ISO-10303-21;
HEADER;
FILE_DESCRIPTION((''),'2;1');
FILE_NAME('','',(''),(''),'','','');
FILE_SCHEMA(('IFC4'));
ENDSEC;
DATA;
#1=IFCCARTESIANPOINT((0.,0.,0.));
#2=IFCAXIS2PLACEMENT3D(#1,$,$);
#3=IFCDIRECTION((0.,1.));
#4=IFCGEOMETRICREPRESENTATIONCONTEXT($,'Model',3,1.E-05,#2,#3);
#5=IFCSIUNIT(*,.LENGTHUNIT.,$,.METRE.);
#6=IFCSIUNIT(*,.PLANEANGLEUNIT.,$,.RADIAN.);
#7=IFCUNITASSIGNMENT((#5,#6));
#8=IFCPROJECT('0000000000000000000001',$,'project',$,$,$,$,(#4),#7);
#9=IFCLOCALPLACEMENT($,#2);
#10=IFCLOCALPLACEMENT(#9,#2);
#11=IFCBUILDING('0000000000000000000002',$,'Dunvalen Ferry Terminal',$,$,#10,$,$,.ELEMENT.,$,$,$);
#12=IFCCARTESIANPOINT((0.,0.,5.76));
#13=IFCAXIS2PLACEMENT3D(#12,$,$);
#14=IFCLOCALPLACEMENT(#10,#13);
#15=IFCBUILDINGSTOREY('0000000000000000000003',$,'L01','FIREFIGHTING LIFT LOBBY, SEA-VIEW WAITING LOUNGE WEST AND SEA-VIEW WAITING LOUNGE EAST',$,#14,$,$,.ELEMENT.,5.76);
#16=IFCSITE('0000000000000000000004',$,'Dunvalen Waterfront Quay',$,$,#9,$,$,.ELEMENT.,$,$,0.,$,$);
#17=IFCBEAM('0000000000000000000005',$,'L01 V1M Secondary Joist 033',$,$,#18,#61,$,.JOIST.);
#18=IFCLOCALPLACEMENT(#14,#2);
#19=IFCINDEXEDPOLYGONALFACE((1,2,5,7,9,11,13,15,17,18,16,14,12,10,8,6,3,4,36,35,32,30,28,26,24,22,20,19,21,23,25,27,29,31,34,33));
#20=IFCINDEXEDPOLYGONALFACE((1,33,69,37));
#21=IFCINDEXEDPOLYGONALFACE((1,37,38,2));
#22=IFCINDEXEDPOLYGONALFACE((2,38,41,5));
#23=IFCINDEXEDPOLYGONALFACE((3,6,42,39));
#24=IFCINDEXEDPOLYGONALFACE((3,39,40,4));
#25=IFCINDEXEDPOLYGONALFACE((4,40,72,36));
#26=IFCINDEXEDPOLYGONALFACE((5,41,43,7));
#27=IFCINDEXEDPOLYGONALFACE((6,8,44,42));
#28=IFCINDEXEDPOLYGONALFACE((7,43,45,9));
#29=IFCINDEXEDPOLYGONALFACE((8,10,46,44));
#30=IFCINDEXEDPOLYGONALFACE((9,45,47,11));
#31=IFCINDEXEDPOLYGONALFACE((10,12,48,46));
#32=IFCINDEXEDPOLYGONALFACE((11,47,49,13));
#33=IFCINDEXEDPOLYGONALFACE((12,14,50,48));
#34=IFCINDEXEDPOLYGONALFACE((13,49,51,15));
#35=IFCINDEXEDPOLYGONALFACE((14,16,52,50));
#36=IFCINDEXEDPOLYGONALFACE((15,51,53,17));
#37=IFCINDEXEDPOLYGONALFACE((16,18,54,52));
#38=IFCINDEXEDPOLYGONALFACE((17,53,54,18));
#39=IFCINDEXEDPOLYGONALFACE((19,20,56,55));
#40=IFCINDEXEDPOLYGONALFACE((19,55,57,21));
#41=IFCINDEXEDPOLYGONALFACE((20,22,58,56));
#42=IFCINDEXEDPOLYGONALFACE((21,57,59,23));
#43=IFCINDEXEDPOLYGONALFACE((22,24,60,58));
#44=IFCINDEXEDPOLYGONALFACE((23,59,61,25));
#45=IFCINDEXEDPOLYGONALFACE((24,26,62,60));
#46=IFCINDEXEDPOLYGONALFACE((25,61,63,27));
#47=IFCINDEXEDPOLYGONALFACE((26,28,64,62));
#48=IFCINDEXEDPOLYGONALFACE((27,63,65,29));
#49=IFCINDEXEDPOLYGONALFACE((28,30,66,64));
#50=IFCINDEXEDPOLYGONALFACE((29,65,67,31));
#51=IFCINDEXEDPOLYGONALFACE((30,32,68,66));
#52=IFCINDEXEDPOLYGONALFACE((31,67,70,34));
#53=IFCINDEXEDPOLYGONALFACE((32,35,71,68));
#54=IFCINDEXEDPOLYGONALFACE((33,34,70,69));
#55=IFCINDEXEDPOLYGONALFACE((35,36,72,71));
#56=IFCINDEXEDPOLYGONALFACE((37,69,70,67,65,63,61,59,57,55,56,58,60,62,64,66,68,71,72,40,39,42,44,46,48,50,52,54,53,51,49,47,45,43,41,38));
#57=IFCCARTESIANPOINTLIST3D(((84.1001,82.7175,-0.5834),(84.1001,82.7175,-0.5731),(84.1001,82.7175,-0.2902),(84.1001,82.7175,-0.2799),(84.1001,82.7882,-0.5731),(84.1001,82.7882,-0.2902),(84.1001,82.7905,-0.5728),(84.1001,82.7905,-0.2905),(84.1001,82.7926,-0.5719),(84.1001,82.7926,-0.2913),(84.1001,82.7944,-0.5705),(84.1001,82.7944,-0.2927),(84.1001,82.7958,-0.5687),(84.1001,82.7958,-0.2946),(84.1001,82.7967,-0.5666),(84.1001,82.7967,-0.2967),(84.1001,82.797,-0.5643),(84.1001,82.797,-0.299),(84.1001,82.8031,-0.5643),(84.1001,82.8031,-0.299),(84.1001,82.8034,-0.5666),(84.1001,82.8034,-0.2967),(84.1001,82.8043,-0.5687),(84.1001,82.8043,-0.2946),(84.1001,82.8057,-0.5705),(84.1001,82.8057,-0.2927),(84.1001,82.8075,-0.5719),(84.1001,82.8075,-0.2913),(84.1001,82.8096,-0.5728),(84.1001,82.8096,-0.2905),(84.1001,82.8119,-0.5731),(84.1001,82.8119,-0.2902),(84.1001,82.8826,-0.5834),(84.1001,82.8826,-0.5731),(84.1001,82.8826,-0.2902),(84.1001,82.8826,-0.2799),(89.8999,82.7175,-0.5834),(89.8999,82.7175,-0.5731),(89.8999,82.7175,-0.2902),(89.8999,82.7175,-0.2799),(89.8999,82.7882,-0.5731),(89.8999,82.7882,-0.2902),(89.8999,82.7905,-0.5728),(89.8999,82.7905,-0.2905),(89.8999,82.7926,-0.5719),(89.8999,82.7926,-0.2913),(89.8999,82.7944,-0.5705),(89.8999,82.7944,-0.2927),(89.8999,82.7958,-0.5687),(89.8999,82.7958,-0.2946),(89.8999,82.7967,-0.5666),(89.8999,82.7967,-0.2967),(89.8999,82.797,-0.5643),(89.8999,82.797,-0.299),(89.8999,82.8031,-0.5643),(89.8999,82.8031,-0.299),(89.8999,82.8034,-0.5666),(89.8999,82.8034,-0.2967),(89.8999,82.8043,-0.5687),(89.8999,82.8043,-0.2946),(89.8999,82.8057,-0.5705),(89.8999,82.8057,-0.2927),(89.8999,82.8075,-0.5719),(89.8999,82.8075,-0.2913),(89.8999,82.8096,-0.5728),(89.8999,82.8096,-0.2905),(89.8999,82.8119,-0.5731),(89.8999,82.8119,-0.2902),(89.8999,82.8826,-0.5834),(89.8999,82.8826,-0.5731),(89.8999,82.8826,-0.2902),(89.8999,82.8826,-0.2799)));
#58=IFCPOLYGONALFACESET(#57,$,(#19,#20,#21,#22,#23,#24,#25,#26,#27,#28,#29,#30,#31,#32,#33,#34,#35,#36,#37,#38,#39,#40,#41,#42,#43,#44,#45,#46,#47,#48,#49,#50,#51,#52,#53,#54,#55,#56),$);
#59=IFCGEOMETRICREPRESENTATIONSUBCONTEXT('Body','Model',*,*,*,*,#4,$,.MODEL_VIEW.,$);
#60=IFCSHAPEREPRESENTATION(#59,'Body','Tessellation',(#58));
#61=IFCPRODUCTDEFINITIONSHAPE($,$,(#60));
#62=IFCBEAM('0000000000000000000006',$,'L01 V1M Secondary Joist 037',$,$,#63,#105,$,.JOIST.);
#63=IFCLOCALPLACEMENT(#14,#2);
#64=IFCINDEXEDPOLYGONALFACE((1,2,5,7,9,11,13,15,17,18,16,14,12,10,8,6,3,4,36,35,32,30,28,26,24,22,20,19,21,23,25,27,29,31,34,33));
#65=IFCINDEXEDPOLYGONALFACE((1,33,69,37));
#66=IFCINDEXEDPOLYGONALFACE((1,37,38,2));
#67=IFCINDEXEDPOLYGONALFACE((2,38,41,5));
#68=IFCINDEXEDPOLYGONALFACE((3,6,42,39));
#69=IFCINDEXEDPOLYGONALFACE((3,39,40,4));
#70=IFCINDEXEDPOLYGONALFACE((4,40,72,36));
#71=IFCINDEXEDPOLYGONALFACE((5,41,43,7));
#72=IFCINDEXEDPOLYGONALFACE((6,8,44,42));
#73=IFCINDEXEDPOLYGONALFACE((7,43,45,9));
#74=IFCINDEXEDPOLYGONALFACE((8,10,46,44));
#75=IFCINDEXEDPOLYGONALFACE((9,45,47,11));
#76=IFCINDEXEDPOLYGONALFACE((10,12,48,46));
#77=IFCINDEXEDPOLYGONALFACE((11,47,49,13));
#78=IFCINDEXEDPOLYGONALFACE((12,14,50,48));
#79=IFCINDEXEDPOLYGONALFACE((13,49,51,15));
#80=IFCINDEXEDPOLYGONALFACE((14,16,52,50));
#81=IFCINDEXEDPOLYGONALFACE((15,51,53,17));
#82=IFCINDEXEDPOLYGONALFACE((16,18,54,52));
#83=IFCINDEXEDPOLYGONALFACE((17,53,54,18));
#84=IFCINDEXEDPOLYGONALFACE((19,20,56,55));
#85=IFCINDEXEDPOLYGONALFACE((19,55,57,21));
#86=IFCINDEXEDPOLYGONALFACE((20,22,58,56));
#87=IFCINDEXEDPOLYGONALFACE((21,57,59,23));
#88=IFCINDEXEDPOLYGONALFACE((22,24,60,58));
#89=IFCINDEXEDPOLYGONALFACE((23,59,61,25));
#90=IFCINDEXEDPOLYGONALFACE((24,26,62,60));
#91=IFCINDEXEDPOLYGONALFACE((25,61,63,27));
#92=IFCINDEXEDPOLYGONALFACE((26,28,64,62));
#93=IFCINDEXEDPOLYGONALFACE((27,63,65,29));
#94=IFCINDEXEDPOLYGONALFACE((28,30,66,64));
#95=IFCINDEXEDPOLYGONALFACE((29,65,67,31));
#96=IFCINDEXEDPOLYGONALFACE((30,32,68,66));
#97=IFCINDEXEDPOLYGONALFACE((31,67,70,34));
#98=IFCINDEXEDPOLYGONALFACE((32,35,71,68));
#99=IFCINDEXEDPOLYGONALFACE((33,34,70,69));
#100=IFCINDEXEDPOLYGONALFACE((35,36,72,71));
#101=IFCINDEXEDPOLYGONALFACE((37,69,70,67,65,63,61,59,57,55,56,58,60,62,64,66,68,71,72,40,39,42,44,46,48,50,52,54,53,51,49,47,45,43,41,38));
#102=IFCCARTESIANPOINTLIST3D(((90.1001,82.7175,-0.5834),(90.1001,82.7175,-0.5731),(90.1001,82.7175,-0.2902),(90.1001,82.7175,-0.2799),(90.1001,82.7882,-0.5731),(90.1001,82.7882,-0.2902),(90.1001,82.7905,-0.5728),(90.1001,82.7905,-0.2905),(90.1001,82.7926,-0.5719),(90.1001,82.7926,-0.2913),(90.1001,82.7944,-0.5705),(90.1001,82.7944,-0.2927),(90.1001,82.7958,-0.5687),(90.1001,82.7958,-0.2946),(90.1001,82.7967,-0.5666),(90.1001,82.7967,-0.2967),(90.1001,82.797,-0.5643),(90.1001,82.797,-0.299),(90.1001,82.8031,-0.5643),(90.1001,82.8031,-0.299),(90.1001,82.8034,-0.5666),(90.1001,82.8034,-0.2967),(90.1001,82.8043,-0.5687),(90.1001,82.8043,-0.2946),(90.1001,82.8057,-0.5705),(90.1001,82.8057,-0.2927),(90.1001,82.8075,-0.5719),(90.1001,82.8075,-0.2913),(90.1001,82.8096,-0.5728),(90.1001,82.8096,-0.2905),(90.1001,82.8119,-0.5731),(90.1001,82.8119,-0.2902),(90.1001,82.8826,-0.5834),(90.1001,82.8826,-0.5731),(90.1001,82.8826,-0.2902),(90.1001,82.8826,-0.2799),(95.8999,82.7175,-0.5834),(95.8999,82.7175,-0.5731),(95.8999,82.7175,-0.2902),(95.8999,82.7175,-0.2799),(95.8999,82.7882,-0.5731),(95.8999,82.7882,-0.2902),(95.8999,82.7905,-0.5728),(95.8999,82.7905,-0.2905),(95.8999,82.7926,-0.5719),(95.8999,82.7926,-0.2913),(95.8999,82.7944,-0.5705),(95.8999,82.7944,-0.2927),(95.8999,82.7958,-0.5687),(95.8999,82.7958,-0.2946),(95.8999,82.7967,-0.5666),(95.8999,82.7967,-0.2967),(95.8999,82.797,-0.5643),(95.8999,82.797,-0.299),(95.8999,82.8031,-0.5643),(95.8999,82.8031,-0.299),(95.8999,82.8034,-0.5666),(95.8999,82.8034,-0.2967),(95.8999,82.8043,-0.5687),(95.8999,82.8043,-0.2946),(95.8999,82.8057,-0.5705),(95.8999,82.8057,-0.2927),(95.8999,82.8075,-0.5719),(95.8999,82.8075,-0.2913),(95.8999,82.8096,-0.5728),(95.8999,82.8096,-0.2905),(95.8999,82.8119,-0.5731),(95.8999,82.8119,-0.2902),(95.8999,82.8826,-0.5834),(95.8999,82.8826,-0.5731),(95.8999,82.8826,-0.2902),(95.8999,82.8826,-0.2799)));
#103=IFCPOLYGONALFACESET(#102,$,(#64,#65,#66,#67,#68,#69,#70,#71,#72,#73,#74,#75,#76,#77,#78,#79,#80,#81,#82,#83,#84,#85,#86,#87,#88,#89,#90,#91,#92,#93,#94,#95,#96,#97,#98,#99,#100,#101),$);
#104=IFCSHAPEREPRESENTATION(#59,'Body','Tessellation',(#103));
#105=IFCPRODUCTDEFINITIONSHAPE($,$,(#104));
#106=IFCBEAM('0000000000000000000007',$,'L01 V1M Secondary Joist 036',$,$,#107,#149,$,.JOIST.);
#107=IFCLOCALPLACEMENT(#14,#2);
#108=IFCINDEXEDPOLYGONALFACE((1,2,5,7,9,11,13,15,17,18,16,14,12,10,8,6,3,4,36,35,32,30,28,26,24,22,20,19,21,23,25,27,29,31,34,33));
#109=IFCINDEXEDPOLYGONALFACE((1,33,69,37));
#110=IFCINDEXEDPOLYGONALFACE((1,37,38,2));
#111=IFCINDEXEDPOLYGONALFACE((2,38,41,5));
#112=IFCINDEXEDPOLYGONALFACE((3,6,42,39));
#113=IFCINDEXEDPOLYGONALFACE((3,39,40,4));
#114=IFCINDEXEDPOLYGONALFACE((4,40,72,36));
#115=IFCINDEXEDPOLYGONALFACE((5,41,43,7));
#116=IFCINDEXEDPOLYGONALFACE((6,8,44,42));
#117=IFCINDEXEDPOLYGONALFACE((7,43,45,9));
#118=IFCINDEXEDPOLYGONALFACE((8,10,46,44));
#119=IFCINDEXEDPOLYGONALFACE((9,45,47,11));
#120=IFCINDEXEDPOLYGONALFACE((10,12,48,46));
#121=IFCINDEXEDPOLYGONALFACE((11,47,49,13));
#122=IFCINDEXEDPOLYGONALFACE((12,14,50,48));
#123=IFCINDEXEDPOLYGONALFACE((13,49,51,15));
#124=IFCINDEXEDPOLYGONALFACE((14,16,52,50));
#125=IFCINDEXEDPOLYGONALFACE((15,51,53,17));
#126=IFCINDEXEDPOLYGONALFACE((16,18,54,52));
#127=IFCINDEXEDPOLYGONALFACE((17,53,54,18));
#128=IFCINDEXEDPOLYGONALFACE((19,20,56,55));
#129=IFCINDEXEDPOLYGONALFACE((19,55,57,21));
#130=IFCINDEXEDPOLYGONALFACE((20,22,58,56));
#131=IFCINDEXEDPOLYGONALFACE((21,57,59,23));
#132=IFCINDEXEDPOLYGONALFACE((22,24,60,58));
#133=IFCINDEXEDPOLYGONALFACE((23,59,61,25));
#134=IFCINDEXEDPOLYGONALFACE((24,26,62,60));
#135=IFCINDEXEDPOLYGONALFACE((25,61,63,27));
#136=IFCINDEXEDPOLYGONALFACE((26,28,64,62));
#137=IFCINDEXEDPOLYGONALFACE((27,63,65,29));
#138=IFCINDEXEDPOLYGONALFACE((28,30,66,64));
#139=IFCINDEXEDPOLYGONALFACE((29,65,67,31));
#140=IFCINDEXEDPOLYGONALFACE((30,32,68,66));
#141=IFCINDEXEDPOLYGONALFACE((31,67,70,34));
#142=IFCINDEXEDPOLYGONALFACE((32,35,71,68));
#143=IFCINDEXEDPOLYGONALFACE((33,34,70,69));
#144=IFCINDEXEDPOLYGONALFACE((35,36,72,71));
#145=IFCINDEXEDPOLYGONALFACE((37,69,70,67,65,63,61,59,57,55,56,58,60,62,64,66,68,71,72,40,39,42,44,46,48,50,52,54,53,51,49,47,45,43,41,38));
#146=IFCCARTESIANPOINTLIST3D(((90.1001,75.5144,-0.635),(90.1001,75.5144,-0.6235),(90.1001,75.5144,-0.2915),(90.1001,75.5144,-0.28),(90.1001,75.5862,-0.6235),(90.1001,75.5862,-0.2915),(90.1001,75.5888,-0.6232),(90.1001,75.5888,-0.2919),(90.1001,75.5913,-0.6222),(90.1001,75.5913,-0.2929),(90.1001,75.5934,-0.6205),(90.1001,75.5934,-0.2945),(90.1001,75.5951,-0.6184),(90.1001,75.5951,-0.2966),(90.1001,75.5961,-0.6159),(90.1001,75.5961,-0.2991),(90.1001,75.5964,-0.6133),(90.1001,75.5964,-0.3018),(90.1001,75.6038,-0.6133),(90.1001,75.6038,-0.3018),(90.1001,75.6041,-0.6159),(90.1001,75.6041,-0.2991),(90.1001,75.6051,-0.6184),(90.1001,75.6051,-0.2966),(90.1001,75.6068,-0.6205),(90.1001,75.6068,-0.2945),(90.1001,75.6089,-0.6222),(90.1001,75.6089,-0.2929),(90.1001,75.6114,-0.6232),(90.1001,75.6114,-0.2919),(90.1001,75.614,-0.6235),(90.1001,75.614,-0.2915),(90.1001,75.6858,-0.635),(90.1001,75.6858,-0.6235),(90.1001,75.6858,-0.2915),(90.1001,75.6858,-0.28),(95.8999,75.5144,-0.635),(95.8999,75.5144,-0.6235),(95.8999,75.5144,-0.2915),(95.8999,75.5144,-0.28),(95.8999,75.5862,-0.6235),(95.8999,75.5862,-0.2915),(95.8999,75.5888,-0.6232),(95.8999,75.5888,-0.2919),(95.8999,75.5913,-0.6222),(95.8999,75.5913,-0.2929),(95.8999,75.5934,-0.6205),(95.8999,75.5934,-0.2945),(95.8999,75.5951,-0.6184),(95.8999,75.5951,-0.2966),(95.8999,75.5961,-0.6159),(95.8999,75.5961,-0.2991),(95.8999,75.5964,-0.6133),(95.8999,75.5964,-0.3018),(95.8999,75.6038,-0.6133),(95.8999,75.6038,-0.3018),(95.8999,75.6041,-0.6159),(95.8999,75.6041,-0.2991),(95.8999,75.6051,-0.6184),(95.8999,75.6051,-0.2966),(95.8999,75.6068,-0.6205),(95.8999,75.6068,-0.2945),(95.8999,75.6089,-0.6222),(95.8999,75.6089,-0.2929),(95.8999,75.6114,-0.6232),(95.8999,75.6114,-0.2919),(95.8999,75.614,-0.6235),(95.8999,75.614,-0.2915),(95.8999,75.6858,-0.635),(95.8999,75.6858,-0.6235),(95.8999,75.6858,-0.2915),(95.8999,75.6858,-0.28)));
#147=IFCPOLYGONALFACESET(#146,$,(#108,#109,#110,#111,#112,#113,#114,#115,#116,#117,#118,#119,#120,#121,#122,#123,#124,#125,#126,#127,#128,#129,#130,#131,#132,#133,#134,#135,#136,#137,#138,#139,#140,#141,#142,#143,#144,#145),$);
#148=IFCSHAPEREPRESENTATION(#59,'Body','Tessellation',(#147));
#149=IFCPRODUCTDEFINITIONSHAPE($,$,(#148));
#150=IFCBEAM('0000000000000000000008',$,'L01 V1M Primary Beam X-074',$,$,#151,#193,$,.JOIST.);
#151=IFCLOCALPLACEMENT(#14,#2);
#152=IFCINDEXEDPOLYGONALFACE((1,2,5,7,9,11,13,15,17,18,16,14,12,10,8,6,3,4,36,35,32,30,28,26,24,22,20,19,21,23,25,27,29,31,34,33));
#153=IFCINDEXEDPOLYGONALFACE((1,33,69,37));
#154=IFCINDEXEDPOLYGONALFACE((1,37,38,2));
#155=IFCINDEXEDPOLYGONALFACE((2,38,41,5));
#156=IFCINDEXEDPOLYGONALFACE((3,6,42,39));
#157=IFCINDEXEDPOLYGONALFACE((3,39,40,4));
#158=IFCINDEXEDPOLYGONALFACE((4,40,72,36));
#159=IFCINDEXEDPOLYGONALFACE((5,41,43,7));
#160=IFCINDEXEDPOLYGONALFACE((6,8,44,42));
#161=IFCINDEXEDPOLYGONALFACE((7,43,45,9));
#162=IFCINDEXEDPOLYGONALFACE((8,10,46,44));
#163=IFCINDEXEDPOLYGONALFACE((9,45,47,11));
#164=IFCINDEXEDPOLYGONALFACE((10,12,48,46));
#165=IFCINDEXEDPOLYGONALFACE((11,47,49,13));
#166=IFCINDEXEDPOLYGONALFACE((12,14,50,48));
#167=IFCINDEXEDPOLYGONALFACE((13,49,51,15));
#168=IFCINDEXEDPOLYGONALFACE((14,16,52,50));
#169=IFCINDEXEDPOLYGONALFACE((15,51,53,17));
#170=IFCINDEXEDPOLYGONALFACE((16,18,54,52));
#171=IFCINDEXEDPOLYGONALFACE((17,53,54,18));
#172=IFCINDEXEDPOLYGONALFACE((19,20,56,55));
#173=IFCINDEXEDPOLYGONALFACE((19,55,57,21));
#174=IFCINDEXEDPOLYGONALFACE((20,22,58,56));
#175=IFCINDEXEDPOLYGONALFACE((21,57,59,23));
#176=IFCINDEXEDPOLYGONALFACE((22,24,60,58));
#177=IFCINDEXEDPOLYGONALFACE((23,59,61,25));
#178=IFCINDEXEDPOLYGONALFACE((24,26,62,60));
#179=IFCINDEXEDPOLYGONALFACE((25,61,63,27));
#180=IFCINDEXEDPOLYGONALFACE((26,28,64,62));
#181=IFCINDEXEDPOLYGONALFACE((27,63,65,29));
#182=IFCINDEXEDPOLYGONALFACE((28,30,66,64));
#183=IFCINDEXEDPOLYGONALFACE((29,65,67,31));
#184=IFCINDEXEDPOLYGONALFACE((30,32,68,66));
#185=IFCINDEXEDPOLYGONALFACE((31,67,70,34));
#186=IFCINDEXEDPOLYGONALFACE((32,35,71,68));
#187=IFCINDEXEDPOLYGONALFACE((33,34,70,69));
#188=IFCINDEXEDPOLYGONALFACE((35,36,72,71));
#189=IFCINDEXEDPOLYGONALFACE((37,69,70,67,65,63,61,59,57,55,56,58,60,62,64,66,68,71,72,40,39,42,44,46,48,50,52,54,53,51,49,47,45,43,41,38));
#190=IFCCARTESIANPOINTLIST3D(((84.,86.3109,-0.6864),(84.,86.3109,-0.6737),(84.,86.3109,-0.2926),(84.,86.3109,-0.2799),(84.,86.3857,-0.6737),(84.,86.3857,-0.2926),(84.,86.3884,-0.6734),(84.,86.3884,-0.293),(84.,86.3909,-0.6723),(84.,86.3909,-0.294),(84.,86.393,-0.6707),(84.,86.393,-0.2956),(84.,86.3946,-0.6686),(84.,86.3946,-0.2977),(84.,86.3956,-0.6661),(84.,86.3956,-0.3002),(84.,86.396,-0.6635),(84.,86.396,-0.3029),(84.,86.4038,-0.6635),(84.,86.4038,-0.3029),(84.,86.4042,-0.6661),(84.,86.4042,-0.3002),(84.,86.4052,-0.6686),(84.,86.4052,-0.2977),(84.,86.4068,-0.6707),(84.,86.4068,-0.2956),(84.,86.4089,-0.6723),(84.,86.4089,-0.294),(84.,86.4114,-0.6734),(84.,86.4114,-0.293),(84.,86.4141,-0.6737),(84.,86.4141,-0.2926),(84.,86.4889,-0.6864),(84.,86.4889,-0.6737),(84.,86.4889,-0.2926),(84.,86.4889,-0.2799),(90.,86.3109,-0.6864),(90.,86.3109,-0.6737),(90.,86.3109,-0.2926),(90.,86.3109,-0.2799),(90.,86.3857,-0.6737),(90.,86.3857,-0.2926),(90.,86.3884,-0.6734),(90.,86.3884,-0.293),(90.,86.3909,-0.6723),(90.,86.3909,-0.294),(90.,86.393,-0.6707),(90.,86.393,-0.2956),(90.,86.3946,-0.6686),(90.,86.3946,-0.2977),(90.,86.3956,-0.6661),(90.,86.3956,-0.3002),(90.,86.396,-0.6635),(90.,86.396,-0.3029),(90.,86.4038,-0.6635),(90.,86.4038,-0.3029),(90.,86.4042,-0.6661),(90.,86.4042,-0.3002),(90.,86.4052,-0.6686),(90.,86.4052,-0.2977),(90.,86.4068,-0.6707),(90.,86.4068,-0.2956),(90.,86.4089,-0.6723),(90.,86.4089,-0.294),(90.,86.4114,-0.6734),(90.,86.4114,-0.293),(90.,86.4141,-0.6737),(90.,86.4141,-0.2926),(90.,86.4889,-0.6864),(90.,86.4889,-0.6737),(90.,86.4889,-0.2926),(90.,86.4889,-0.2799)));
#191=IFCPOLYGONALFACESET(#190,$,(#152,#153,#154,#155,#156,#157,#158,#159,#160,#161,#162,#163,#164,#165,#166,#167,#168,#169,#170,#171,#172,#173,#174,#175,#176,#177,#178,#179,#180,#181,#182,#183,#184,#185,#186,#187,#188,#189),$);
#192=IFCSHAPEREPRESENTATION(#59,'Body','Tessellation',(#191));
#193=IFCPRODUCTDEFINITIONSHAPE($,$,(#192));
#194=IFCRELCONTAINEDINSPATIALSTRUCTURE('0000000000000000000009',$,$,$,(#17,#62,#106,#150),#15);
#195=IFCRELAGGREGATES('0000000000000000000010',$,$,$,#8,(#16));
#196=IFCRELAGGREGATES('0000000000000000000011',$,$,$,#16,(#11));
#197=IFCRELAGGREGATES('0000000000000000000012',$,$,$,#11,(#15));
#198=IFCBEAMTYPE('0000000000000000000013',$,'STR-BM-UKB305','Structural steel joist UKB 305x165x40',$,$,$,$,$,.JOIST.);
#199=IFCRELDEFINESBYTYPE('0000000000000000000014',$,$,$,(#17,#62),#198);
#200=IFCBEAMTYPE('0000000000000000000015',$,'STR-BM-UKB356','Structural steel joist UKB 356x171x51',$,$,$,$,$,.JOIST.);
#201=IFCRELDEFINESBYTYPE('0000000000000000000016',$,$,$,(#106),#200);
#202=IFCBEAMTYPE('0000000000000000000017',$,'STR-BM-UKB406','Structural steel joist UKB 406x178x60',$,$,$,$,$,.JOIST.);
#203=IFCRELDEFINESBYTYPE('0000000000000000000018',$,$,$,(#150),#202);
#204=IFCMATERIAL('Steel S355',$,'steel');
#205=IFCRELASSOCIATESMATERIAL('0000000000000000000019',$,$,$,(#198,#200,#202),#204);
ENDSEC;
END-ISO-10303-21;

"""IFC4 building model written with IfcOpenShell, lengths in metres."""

from ifc_helpers import new_model, si_unit, direction, frame, origin, origin_2d, place, context, subcontext, project, spatial, i_section, extrude, material, material_profile, profile_set, type_object, element, save


model = new_model("IFC4")

# Units and contexts
model_context = context("Model", 3, precision=1e-05, world=origin(), true_north=direction((0.0, 1.0)))
body_context = subcontext(model_context, "Body", "Model", "MODEL_VIEW")
ifc_project = project(units=[si_unit("LENGTHUNIT", "METRE"), si_unit("PLANEANGLEUNIT", "RADIAN")], contexts=[model_context])

# Site, building, storey
site_placement = place(None, origin())
site = spatial("IfcSite", under=ifc_project, at=site_placement, Name="Dunvalen Waterfront Quay", CompositionType="ELEMENT", RefElevation=0.0)
building_placement = place(site_placement, origin())
building = spatial("IfcBuilding", under=site, at=building_placement, Name="Dunvalen Ferry Terminal", CompositionType="ELEMENT")
storey_placement = place(building_placement, frame((0.0, 0.0, 5.76)))
storey = spatial("IfcBuildingStorey", under=building, at=storey_placement, Name="L01", Description="FIREFIGHTING LIFT LOBBY, SEA-VIEW WAITING LOUNGE WEST AND SEA-VIEW WAITING LOUNGE EAST", CompositionType="ELEMENT", Elevation=5.76)

# Beams
ifc_material_1 = material(Name="Steel S355", Category="steel")
ifc_material_profile_1 = material_profile(ifc_material_1, i_section(OverallWidth=0.165, OverallDepth=0.3035, WebThickness=0.0061, FlangeThickness=0.0103, FilletRadius=0.0088, at=origin_2d()), Name="Steel S355")
ifc_profile_set_1 = profile_set([ifc_material_profile_1], Name="Steel S355")
beam_type_1 = type_object("IfcBeamType", Name="STR-BM-UKB305", Description="Structural steel joist UKB 305x165x40", PredefinedType="JOIST", material=ifc_profile_set_1)
for number, where, z_axis, x_axis, name in (
    (1, (84.1001, 82.8, -0.4316), (1.0, 0.0, 0.0), (0.0, 1.0, 0.0), "L01 V1M Secondary Joist 033"),
    (2, (90.1001, 82.8, -0.4316), (1.0, 0.0, 0.0), (0.0, 1.0, 0.0), "L01 V1M Secondary Joist 037"),
):
    element("IfcBeam", number, at=place(storey_placement, frame(where, z_axis=z_axis, x_axis=x_axis)), inside=storey, type_object=beam_type_1, Name=name, PredefinedType="JOIST", context=body_context, shape_type="SweptSolid", body=[
        extrude(i_section(OverallWidth=0.165, OverallDepth=0.3035, WebThickness=0.0061, FlangeThickness=0.0103, FilletRadius=0.0088, at=origin_2d()), origin(), (0.0, 0.0, 1.0), 5.7998),
    ])
ifc_material_profile_2 = material_profile(ifc_material_1, i_section(OverallWidth=0.1714, OverallDepth=0.355, WebThickness=0.0073, FlangeThickness=0.0115, FilletRadius=0.0103, at=origin_2d()), Name="Steel S355")
ifc_profile_set_2 = profile_set([ifc_material_profile_2], Name="Steel S355")
beam_type_2 = type_object("IfcBeamType", Name="STR-BM-UKB356", Description="Structural steel joist UKB 356x171x51", PredefinedType="JOIST", material=ifc_profile_set_2)
beam_1_placement = place(storey_placement, frame((90.1001, 75.6001, -0.4575), z_axis=(1.0, 0.0, 0.0), x_axis=(0.0, 1.0, 0.0)))
element("IfcBeam", 3, at=beam_1_placement, inside=storey, type_object=beam_type_2, Name="L01 V1M Secondary Joist 036", PredefinedType="JOIST", context=body_context, shape_type="SweptSolid", body=[
    extrude(i_section(OverallWidth=0.1714, OverallDepth=0.355, WebThickness=0.0073, FlangeThickness=0.0115, FilletRadius=0.0103, at=origin_2d()), origin(), (0.0, 0.0, 1.0), 5.7998),
])
ifc_material_profile_3 = material_profile(ifc_material_1, i_section(OverallWidth=0.178, OverallDepth=0.4065, WebThickness=0.0078, FlangeThickness=0.0127, FilletRadius=0.0103, at=origin_2d()), Name="Steel S355")
ifc_profile_set_3 = profile_set([ifc_material_profile_3], Name="Steel S355")
beam_type_3 = type_object("IfcBeamType", Name="STR-BM-UKB406", Description="Structural steel joist UKB 406x178x60", PredefinedType="JOIST", material=ifc_profile_set_3)
beam_2_placement = place(storey_placement, frame((84.0, 86.3999, -0.4832), z_axis=(1.0, 0.0, 0.0), x_axis=(0.0, 1.0, 0.0)))
element("IfcBeam", 4, at=beam_2_placement, inside=storey, type_object=beam_type_3, Name="L01 V1M Primary Beam X-074", PredefinedType="JOIST", context=body_context, shape_type="SweptSolid", body=[
    extrude(i_section(OverallWidth=0.178, OverallDepth=0.4065, WebThickness=0.0078, FlangeThickness=0.0127, FilletRadius=0.0103, at=origin_2d()), origin(), (0.0, 0.0, 1.0), 6.0),
])

save(model, "model.ifc")
